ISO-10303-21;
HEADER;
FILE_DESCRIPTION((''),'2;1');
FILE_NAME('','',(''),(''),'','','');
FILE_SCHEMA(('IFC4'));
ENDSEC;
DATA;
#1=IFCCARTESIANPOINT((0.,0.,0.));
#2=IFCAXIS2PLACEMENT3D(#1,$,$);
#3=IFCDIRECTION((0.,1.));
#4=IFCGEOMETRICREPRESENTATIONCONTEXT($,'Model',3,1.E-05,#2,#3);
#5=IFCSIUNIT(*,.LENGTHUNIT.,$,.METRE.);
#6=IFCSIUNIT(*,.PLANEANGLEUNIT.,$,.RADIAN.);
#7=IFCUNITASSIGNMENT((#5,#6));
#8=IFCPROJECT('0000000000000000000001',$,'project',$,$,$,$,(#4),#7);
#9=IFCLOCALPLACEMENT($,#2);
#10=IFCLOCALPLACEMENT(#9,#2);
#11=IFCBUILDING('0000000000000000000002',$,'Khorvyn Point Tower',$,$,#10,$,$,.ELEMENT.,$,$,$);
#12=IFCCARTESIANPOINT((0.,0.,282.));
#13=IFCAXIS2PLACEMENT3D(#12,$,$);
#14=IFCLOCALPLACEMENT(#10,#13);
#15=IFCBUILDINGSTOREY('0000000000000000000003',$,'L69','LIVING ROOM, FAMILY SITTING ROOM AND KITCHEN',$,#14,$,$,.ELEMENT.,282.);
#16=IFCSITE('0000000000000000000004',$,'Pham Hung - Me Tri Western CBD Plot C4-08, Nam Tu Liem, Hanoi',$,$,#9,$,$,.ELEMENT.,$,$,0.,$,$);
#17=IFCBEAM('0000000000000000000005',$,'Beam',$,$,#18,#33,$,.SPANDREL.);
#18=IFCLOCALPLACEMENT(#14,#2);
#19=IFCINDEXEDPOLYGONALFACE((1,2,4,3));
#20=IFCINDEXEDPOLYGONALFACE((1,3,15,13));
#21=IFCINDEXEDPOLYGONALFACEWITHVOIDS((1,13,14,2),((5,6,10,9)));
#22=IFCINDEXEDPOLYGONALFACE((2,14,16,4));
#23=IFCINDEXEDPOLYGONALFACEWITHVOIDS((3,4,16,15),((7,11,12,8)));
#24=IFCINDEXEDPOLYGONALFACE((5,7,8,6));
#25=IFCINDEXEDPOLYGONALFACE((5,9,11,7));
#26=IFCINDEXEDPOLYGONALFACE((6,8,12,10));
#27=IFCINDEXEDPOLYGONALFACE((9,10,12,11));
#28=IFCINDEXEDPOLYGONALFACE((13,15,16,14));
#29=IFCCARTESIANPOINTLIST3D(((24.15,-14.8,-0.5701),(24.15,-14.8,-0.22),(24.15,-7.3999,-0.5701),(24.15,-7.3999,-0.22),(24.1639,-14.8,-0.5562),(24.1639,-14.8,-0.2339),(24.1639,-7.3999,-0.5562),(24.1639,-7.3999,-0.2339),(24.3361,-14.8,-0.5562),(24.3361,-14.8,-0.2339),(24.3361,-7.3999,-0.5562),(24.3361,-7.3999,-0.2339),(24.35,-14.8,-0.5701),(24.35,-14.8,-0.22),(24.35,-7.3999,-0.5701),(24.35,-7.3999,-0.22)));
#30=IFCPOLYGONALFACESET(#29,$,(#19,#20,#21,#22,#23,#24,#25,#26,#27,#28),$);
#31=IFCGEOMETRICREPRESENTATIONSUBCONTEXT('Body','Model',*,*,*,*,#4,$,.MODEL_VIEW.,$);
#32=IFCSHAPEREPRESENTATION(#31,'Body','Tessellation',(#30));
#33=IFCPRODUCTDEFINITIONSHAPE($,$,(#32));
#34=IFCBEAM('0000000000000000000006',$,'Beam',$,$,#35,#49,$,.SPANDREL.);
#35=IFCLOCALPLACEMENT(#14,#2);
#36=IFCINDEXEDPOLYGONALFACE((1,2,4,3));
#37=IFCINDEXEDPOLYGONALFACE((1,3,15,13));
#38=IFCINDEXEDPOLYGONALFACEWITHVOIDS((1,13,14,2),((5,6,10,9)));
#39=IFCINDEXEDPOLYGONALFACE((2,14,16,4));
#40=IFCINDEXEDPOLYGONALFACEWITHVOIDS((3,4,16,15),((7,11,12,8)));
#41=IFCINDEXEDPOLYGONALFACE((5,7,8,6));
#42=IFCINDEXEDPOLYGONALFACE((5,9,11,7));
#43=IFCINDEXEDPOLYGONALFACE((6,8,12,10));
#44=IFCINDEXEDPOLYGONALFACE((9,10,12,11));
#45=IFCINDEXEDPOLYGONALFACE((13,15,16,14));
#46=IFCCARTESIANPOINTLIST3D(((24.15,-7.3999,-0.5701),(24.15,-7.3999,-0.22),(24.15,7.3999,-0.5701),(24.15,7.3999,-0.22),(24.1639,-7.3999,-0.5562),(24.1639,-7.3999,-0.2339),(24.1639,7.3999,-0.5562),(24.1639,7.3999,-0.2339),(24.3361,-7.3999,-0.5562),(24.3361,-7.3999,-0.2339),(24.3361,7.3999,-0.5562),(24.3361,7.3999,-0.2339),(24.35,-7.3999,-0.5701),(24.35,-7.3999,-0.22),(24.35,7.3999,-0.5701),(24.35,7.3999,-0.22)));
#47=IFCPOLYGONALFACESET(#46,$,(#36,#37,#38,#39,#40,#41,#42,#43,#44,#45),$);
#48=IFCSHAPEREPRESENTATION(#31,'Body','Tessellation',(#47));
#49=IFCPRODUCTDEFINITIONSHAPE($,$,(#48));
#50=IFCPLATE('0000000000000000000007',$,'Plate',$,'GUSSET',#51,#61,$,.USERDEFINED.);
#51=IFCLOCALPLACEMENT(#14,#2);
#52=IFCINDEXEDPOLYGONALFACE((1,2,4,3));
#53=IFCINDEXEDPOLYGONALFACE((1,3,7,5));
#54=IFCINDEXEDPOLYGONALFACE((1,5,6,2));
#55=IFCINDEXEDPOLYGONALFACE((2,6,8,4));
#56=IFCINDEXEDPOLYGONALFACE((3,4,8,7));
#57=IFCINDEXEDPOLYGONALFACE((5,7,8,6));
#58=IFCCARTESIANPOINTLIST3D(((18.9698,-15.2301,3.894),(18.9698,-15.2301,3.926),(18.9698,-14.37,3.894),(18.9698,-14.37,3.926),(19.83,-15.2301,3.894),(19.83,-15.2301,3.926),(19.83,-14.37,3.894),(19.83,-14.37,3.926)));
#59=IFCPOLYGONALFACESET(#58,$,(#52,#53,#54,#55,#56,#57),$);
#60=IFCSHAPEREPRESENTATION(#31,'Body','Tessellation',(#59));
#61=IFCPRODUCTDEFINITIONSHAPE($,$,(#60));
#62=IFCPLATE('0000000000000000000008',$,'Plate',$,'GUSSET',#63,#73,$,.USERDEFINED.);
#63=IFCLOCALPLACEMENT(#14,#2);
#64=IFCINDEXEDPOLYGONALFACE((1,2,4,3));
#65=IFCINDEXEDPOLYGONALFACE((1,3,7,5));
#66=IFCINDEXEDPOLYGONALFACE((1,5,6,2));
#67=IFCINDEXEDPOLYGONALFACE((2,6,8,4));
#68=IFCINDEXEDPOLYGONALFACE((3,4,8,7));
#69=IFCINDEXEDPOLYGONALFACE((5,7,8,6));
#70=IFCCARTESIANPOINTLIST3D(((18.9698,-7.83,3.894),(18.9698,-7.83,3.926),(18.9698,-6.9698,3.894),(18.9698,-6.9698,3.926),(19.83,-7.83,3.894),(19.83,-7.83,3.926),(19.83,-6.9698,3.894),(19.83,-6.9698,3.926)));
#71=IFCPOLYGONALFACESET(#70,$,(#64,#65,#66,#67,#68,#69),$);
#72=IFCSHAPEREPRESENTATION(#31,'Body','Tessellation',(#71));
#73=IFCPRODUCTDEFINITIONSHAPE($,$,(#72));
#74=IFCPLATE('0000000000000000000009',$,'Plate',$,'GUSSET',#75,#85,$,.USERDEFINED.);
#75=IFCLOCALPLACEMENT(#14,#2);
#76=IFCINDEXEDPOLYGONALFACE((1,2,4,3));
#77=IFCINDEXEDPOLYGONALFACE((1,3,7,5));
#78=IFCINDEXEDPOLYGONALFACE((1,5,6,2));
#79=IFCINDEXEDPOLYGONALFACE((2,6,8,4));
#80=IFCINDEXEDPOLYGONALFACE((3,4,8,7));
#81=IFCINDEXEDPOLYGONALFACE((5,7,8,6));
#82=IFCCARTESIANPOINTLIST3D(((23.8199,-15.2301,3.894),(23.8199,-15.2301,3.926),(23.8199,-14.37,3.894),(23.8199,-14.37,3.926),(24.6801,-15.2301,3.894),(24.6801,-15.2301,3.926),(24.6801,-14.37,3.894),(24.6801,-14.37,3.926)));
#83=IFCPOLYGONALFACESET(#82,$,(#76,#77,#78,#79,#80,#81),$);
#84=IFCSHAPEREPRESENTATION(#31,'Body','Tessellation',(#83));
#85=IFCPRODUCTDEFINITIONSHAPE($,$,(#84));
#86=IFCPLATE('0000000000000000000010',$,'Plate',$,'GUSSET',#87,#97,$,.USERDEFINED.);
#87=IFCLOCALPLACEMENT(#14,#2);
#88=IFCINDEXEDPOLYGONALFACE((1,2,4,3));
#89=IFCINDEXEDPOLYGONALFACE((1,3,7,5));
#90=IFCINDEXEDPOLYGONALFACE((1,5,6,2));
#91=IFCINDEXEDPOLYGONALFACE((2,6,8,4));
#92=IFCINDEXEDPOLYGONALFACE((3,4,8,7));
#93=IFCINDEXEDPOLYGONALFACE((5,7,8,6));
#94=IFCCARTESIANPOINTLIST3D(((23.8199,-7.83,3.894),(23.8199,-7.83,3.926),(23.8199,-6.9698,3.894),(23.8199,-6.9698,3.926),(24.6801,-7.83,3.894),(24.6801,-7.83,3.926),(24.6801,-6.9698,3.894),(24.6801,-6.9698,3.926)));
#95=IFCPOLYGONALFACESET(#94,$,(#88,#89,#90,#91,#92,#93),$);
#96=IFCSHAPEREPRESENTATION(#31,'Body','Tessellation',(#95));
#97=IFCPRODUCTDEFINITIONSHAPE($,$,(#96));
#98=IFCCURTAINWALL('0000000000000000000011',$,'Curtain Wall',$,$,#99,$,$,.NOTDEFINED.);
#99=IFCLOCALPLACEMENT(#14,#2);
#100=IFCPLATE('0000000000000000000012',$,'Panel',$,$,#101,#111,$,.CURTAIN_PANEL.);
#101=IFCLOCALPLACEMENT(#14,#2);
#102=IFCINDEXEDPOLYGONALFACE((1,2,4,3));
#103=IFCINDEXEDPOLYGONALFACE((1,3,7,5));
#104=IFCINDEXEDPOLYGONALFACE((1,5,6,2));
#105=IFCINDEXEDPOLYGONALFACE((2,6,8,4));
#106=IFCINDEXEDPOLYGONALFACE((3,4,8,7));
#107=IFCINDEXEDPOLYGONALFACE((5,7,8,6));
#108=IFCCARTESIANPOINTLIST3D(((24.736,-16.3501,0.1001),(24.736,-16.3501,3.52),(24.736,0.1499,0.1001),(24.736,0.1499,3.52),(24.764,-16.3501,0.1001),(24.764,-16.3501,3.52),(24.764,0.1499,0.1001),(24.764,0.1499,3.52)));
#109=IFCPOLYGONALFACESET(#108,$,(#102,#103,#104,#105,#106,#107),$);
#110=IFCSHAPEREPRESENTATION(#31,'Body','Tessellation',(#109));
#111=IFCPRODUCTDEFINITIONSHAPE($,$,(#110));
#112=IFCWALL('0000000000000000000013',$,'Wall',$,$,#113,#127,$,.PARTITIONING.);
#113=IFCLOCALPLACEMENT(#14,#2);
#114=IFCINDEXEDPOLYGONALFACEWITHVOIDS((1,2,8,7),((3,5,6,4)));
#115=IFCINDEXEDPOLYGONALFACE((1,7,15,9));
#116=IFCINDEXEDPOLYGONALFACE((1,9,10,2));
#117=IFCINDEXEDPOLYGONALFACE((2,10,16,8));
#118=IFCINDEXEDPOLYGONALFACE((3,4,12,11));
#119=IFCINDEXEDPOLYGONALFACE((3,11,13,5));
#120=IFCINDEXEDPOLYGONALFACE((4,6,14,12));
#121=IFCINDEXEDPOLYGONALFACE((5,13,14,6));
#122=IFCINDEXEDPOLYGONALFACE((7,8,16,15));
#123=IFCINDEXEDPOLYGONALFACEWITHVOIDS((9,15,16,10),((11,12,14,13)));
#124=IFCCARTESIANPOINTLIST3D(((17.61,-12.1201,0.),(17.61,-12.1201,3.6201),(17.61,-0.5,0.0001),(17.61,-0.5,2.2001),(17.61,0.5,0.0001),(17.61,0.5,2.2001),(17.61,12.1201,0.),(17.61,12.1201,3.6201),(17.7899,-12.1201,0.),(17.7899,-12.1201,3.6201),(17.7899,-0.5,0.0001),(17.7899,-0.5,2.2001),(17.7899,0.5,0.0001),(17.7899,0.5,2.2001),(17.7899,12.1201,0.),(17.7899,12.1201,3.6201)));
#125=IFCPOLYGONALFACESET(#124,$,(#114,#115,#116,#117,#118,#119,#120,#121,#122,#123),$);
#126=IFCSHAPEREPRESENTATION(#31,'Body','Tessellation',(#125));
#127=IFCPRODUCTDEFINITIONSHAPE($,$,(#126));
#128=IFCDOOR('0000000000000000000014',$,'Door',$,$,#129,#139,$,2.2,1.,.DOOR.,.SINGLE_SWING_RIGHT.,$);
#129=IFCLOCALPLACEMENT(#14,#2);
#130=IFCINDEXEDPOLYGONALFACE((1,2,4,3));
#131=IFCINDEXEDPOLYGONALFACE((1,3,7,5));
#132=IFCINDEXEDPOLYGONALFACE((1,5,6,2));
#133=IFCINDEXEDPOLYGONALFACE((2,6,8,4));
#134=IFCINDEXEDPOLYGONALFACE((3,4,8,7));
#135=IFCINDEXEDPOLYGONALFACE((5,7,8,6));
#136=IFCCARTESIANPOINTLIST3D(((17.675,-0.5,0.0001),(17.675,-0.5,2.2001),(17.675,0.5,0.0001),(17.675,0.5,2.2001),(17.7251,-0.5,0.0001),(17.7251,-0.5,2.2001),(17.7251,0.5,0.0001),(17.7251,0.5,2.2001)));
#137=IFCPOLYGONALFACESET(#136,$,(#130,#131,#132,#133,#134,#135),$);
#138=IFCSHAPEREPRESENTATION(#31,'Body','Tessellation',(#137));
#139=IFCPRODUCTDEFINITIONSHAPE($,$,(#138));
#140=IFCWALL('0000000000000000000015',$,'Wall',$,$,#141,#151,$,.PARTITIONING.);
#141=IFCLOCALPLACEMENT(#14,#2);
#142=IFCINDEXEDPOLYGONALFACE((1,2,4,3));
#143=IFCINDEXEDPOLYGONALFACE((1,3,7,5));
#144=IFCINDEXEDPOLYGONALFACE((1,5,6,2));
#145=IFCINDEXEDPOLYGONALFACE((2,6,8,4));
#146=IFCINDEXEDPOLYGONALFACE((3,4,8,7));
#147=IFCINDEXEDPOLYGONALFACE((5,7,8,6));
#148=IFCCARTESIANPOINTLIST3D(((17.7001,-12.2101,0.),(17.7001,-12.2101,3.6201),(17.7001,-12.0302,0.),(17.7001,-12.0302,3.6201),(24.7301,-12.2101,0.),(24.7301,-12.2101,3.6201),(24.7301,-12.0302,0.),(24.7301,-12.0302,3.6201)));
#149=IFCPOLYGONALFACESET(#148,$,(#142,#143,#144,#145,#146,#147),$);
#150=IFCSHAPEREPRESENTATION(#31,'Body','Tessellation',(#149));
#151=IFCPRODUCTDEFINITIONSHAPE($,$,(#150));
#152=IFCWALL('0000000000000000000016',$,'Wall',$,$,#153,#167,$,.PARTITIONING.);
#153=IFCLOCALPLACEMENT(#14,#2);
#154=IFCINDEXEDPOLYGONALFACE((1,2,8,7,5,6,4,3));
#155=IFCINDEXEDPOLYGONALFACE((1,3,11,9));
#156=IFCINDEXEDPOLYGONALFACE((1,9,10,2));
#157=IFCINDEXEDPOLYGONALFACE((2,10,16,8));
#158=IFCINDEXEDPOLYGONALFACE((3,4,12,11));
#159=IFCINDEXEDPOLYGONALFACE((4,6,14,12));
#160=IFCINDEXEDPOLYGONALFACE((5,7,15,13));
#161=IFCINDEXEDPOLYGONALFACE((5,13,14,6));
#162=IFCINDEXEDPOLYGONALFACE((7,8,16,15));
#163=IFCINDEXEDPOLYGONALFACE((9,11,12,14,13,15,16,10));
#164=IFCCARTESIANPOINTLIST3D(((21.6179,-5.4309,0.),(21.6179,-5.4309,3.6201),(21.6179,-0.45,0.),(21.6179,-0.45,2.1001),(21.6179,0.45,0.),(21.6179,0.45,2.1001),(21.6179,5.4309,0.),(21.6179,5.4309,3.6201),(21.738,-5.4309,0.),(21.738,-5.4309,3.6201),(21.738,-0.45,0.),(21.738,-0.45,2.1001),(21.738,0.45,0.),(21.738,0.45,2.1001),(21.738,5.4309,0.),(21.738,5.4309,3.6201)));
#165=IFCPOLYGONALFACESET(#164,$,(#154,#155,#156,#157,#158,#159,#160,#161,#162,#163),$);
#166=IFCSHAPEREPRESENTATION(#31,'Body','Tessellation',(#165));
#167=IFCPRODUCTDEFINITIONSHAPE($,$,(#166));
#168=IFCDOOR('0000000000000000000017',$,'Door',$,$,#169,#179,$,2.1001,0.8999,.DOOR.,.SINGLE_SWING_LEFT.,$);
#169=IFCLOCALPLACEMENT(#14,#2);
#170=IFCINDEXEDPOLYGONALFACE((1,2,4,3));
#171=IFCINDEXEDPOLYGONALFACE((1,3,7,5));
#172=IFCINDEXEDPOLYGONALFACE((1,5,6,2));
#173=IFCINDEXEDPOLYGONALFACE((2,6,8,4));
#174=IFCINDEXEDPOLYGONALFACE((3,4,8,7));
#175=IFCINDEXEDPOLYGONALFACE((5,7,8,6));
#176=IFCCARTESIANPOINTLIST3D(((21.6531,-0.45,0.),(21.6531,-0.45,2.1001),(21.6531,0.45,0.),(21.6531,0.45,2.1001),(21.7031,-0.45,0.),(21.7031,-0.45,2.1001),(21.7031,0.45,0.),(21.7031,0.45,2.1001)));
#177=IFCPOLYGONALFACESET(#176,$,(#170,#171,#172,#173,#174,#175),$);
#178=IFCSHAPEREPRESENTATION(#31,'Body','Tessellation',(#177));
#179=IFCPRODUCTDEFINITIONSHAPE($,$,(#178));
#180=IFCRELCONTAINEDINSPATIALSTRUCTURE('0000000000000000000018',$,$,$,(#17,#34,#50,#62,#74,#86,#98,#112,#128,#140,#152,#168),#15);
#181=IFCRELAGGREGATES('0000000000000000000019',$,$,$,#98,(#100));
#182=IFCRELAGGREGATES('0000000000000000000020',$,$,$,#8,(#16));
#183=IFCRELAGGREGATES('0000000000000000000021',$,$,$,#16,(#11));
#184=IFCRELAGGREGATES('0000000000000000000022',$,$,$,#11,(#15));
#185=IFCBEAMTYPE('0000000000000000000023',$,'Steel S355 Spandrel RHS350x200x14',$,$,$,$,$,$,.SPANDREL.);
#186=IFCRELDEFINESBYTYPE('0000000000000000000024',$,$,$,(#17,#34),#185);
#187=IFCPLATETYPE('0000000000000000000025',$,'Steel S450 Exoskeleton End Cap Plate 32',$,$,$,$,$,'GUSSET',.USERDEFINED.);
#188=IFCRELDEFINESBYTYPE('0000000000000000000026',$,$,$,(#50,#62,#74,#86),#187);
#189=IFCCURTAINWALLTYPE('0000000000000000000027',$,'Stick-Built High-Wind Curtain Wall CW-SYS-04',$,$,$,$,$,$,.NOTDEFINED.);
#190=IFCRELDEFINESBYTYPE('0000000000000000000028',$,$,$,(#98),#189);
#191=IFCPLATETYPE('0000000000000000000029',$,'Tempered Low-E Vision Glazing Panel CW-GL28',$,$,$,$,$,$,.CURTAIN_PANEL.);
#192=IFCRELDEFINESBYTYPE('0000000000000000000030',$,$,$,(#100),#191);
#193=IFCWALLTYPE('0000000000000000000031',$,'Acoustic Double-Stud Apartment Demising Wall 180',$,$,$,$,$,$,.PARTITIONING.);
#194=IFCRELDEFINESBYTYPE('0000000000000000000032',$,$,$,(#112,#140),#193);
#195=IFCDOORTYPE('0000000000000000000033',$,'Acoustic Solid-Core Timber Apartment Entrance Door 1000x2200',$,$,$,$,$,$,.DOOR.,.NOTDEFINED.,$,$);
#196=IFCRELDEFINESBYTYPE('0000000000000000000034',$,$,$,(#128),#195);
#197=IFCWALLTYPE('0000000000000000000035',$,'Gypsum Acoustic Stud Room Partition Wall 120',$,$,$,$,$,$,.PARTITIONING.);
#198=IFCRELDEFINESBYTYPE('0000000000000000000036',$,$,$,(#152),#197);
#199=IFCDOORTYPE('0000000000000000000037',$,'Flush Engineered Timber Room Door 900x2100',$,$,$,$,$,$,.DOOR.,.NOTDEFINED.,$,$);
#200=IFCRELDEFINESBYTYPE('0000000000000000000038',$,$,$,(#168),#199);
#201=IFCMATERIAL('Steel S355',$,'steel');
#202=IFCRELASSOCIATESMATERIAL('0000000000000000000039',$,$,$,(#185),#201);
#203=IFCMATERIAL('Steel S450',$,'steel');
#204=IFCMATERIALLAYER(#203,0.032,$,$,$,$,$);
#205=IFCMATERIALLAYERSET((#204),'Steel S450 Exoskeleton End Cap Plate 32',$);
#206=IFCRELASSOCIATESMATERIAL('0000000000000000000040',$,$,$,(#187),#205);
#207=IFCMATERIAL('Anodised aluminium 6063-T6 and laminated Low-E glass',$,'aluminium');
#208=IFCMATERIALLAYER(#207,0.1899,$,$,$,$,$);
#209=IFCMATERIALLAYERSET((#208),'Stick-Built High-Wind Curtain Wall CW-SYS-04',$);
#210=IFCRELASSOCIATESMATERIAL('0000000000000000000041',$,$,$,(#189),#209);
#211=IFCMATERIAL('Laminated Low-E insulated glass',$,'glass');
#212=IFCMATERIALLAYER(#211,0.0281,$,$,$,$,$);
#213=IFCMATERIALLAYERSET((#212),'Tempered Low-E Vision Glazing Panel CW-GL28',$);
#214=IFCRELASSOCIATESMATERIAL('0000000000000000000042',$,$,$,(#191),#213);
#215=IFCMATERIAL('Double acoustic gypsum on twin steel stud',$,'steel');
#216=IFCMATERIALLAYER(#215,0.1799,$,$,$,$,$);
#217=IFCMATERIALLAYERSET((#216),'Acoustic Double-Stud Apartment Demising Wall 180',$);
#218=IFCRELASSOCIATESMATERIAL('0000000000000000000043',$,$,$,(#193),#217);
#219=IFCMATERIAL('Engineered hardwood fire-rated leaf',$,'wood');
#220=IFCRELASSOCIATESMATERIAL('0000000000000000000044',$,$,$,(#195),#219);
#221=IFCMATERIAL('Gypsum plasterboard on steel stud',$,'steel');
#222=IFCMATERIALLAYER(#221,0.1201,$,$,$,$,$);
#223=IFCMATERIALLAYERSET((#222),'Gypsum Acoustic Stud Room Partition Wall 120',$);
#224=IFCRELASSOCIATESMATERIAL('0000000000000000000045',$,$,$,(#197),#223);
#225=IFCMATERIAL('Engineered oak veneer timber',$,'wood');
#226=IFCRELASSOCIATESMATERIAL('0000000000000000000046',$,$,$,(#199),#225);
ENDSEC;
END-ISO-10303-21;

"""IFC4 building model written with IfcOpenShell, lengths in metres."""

from ifc_helpers import new_model, si_unit, direction, frame, frame_2d, origin, origin_2d, place, context, subcontext, project, spatial, rectangle, hollow_rectangle, extrude, material, layer, layer_set, material_profile, profile_set, type_object, element, fill, aggregate, save


model = new_model("IFC4")

# Units and contexts
model_context = context("Model", 3, precision=1e-05, world=origin(), true_north=direction((0.0, 1.0)))
body_context = subcontext(model_context, "Body", "Model", "MODEL_VIEW")
ifc_project = project(units=[si_unit("LENGTHUNIT", "METRE"), si_unit("PLANEANGLEUNIT", "RADIAN")], contexts=[model_context])

# Site, building, storey
site_placement = place(None, origin())
site = spatial("IfcSite", under=ifc_project, at=site_placement, Name="Pham Hung - Me Tri Western CBD Plot C4-08, Nam Tu Liem, Hanoi", CompositionType="ELEMENT", RefElevation=0.0)
building_placement = place(site_placement, origin())
building = spatial("IfcBuilding", under=site, at=building_placement, Name="Khorvyn Point Tower", CompositionType="ELEMENT")
storey_placement = place(building_placement, frame((0.0, 0.0, 282.0)))
storey = spatial("IfcBuildingStorey", under=building, at=storey_placement, Name="L69", Description="LIVING ROOM, FAMILY SITTING ROOM AND KITCHEN", CompositionType="ELEMENT", Elevation=282.0)

# Shared definitions
ifc_material_1 = material(Name="Steel S355", Category="steel")
ifc_material_2 = material(Name="Steel S450", Category="steel")

# Beams
ifc_material_profile_1 = material_profile(ifc_material_1, hollow_rectangle(XDim=0.2, YDim=0.3501, WallThickness=0.0139, at=origin_2d()))
ifc_profile_set_1 = profile_set([ifc_material_profile_1], Name="Steel S355 RHS350x200x14")
beam_type_1 = type_object("IfcBeamType", Name="Steel S355 Spandrel RHS350x200x14", PredefinedType="SPANDREL", material=ifc_profile_set_1)
beam_1_placement = place(storey_placement, frame((24.25, -14.8, -0.395), z_axis=(0.0, 1.0, 0.0), x_axis=(-1.0, 0.0, 0.0)))
element("IfcBeam", 1, at=beam_1_placement, inside=storey, type_object=beam_type_1, Name="Beam", PredefinedType="SPANDREL", context=body_context, shape_type="SweptSolid", body=[
    extrude(hollow_rectangle(XDim=0.2, YDim=0.3501, WallThickness=0.0139, at=origin_2d()), origin(), (0.0, 0.0, 1.0), 7.4001),
])
beam_2_placement = place(storey_placement, frame((24.25, -7.3999, -0.395), z_axis=(0.0, 1.0, 0.0), x_axis=(-1.0, 0.0, 0.0)))
element("IfcBeam", 2, at=beam_2_placement, inside=storey, type_object=beam_type_1, Name="Beam", PredefinedType="SPANDREL", context=body_context, shape_type="SweptSolid", body=[
    extrude(hollow_rectangle(XDim=0.2, YDim=0.3501, WallThickness=0.0139, at=origin_2d()), origin(), (0.0, 0.0, 1.0), 14.7998),
])

# Plates
ifc_layer_1 = layer(ifc_material_2, 0.032)
ifc_layer_set_1 = layer_set([ifc_layer_1], Name="Steel S450 Exoskeleton End Cap Plate 32")
plate_type_1 = type_object("IfcPlateType", Name="Steel S450 Exoskeleton End Cap Plate 32", ElementType="GUSSET", PredefinedType="USERDEFINED", material=ifc_layer_set_1)
for number, where, z_axis, x_axis, name in (
    (3, (19.3999, -14.8, 3.894), (0.0, 0.0, 1.0), (1.0, 0.0, 0.0), "Plate"),
    (4, (19.3999, -7.3999, 3.894), (0.0, 0.0, 1.0), (1.0, 0.0, 0.0), "Plate"),
    (5, (24.25, -14.8, 3.894), (0.0, 0.0, 1.0), (1.0, 0.0, 0.0), "Plate"),
    (6, (24.25, -7.3999, 3.894), (0.0, 0.0, 1.0), (1.0, 0.0, 0.0), "Plate"),
):
    element("IfcPlate", number, at=place(storey_placement, frame(where, z_axis=z_axis, x_axis=x_axis)), inside=storey, type_object=plate_type_1, Name=name, ObjectType="GUSSET", PredefinedType="USERDEFINED", context=body_context, shape_type="SweptSolid", body=[
        extrude(rectangle(XDim=0.8601, YDim=0.8601, at=origin_2d()), origin(), (0.0, 0.0, 1.0), 0.032),
    ])

# Curtain wall, plate
ifc_material_3 = material(Name="Anodised aluminium 6063-T6 and laminated Low-E glass", Category="aluminium")
ifc_layer_2 = layer(ifc_material_3, 0.1899)
ifc_layer_set_2 = layer_set([ifc_layer_2], Name="Stick-Built High-Wind Curtain Wall CW-SYS-04")
curtain_wall_type = type_object("IfcCurtainWallType", Name="Stick-Built High-Wind Curtain Wall CW-SYS-04", PredefinedType="NOTDEFINED", material=ifc_layer_set_2)
curtain_wall_placement = place(storey_placement, origin())
curtain_wall = element("IfcCurtainWall", 7, at=curtain_wall_placement, inside=storey, type_object=curtain_wall_type, Name="Curtain Wall", PredefinedType="NOTDEFINED")
ifc_material_4 = material(Name="Laminated Low-E insulated glass", Category="glass")
ifc_layer_3 = layer(ifc_material_4, 0.0281)
ifc_layer_set_3 = layer_set([ifc_layer_3], Name="Tempered Low-E Vision Glazing Panel CW-GL28")
plate_type_2 = type_object("IfcPlateType", Name="Tempered Low-E Vision Glazing Panel CW-GL28", PredefinedType="CURTAIN_PANEL", material=ifc_layer_set_3)
plate_placement = place(storey_placement, frame((24.75, -8.1001, 0.1001), z_axis=(0.0, 0.0, 1.0), x_axis=(0.0, -1.0, 0.0)))
plate = element("IfcPlate", 8, at=plate_placement, type_object=plate_type_2, Name="Panel", PredefinedType="CURTAIN_PANEL", context=body_context, shape_type="SweptSolid", body=[
    extrude(rectangle(XDim=16.5, YDim=0.0281, at=origin_2d()), origin(), (0.0, 0.0, 1.0), 3.4199),
])
aggregate(curtain_wall, [plate])

# Wall, opening, door
ifc_material_5 = material(Name="Double acoustic gypsum on twin steel stud", Category="steel")
ifc_layer_4 = layer(ifc_material_5, 0.1799)
ifc_layer_set_4 = layer_set([ifc_layer_4], Name="Acoustic Double-Stud Apartment Demising Wall 180")
wall_type_1 = type_object("IfcWallType", Name="Acoustic Double-Stud Apartment Demising Wall 180", PredefinedType="PARTITIONING", material=ifc_layer_set_4)
wall_1_placement = place(storey_placement, frame((17.7, -12.1201, 0.0), z_axis=(0.0, 0.0, 1.0), x_axis=(0.0, 1.0, 0.0)))
wall_1 = element("IfcWall", 9, at=wall_1_placement, inside=storey, type_object=wall_type_1, Name="Wall", PredefinedType="PARTITIONING", context=body_context, shape_type="SweptSolid", body=[
    extrude(rectangle(XDim=24.2402, YDim=0.1799, at=frame_2d((12.1201, 0.0))), origin(), (0.0, 0.0, 1.0), 3.6201),
])
opening_1_placement = place(wall_1_placement, frame((11.6201, 0.0, 0.0)))
opening_1 = element("IfcOpeningElement", 10, at=opening_1_placement, cuts=wall_1, PredefinedType="OPENING", context=body_context, shape_type="SweptSolid", body=[
    extrude(rectangle(XDim=1.0, YDim=2.2, at=frame_2d((0.5, 1.1001))), frame((0.0, 0.0999, 0.0), z_axis=(0.0, -1.0, 0.0), x_axis=(1.0, 0.0, 0.0)), (0.0, 0.0, 1.0), 0.2),
])
ifc_material_6 = material(Name="Engineered hardwood fire-rated leaf", Category="wood")
door_type_1 = type_object("IfcDoorType", Name="Acoustic Solid-Core Timber Apartment Entrance Door 1000x2200", OperationType="NOTDEFINED", PredefinedType="DOOR", material=ifc_material_6)
door_1_placement = place(opening_1_placement, origin())
door_1 = element("IfcDoor", 11, at=door_1_placement, inside=storey, type_object=door_type_1, Name="Door", OperationType="SINGLE_SWING_RIGHT", OverallHeight=2.2, OverallWidth=1.0, PredefinedType="DOOR", context=body_context, shape_type="SweptSolid", body=[
    extrude(rectangle(XDim=1.0, YDim=2.2, at=frame_2d((0.5, 1.1001))), frame((0.0, 0.0249, 0.0), z_axis=(0.0, -1.0, 0.0), x_axis=(1.0, 0.0, 0.0)), (0.0, 0.0, 1.0), 0.05),
])
fill(opening_1, door_1)

# Wall
wall_2_placement = place(storey_placement, frame((17.7, -12.1201, 0.0), z_axis=(0.0, 0.0, 1.0), x_axis=(1.0, 0.0, 0.0)))
element("IfcWall", 12, at=wall_2_placement, inside=storey, type_object=wall_type_1, Name="Wall", PredefinedType="PARTITIONING", context=body_context, shape_type="SweptSolid", body=[
    extrude(rectangle(XDim=7.03, YDim=0.1799, at=frame_2d((3.5151, 0.0))), origin(), (0.0, 0.0, 1.0), 3.6201),
])

# Wall, opening, door
ifc_material_7 = material(Name="Gypsum plasterboard on steel stud", Category="steel")
ifc_layer_5 = layer(ifc_material_7, 0.1201)
ifc_layer_set_5 = layer_set([ifc_layer_5], Name="Gypsum Acoustic Stud Room Partition Wall 120")
wall_type_2 = type_object("IfcWallType", Name="Gypsum Acoustic Stud Room Partition Wall 120", PredefinedType="PARTITIONING", material=ifc_layer_set_5)
wall_3_placement = place(storey_placement, frame((21.678, -5.4309, 0.0), z_axis=(0.0, 0.0, 1.0), x_axis=(0.0, 1.0, 0.0)))
wall_3 = element("IfcWall", 13, at=wall_3_placement, inside=storey, type_object=wall_type_2, Name="Wall", PredefinedType="PARTITIONING", context=body_context, shape_type="SweptSolid", body=[
    extrude(rectangle(XDim=10.8618, YDim=0.1201, at=frame_2d((5.4309, 0.0))), origin(), (0.0, 0.0, 1.0), 3.6201),
])
opening_2_placement = place(wall_3_placement, frame((4.981, 0.0, 0.0)))
opening_2 = element("IfcOpeningElement", 14, at=opening_2_placement, cuts=wall_3, PredefinedType="OPENING", context=body_context, shape_type="SweptSolid", body=[
    extrude(rectangle(XDim=0.8999, YDim=2.1001, at=frame_2d((0.45, 1.05))), frame((0.0, 0.0701, 0.0), z_axis=(0.0, -1.0, 0.0), x_axis=(1.0, 0.0, 0.0)), (0.0, 0.0, 1.0), 0.1401),
])
ifc_material_8 = material(Name="Engineered oak veneer timber", Category="wood")
door_type_2 = type_object("IfcDoorType", Name="Flush Engineered Timber Room Door 900x2100", OperationType="NOTDEFINED", PredefinedType="DOOR", material=ifc_material_8)
door_2_placement = place(opening_2_placement, origin())
door_2 = element("IfcDoor", 15, at=door_2_placement, inside=storey, type_object=door_type_2, Name="Door", OperationType="SINGLE_SWING_LEFT", OverallHeight=2.1001, OverallWidth=0.8999, PredefinedType="DOOR", context=body_context, shape_type="SweptSolid", body=[
    extrude(rectangle(XDim=0.8999, YDim=2.1001, at=frame_2d((0.45, 1.05))), frame((0.0, 0.0249, 0.0), z_axis=(0.0, -1.0, 0.0), x_axis=(1.0, 0.0, 0.0)), (0.0, 0.0, 1.0), 0.05),
])
fill(opening_2, door_2)

save(model, "model.ifc")
